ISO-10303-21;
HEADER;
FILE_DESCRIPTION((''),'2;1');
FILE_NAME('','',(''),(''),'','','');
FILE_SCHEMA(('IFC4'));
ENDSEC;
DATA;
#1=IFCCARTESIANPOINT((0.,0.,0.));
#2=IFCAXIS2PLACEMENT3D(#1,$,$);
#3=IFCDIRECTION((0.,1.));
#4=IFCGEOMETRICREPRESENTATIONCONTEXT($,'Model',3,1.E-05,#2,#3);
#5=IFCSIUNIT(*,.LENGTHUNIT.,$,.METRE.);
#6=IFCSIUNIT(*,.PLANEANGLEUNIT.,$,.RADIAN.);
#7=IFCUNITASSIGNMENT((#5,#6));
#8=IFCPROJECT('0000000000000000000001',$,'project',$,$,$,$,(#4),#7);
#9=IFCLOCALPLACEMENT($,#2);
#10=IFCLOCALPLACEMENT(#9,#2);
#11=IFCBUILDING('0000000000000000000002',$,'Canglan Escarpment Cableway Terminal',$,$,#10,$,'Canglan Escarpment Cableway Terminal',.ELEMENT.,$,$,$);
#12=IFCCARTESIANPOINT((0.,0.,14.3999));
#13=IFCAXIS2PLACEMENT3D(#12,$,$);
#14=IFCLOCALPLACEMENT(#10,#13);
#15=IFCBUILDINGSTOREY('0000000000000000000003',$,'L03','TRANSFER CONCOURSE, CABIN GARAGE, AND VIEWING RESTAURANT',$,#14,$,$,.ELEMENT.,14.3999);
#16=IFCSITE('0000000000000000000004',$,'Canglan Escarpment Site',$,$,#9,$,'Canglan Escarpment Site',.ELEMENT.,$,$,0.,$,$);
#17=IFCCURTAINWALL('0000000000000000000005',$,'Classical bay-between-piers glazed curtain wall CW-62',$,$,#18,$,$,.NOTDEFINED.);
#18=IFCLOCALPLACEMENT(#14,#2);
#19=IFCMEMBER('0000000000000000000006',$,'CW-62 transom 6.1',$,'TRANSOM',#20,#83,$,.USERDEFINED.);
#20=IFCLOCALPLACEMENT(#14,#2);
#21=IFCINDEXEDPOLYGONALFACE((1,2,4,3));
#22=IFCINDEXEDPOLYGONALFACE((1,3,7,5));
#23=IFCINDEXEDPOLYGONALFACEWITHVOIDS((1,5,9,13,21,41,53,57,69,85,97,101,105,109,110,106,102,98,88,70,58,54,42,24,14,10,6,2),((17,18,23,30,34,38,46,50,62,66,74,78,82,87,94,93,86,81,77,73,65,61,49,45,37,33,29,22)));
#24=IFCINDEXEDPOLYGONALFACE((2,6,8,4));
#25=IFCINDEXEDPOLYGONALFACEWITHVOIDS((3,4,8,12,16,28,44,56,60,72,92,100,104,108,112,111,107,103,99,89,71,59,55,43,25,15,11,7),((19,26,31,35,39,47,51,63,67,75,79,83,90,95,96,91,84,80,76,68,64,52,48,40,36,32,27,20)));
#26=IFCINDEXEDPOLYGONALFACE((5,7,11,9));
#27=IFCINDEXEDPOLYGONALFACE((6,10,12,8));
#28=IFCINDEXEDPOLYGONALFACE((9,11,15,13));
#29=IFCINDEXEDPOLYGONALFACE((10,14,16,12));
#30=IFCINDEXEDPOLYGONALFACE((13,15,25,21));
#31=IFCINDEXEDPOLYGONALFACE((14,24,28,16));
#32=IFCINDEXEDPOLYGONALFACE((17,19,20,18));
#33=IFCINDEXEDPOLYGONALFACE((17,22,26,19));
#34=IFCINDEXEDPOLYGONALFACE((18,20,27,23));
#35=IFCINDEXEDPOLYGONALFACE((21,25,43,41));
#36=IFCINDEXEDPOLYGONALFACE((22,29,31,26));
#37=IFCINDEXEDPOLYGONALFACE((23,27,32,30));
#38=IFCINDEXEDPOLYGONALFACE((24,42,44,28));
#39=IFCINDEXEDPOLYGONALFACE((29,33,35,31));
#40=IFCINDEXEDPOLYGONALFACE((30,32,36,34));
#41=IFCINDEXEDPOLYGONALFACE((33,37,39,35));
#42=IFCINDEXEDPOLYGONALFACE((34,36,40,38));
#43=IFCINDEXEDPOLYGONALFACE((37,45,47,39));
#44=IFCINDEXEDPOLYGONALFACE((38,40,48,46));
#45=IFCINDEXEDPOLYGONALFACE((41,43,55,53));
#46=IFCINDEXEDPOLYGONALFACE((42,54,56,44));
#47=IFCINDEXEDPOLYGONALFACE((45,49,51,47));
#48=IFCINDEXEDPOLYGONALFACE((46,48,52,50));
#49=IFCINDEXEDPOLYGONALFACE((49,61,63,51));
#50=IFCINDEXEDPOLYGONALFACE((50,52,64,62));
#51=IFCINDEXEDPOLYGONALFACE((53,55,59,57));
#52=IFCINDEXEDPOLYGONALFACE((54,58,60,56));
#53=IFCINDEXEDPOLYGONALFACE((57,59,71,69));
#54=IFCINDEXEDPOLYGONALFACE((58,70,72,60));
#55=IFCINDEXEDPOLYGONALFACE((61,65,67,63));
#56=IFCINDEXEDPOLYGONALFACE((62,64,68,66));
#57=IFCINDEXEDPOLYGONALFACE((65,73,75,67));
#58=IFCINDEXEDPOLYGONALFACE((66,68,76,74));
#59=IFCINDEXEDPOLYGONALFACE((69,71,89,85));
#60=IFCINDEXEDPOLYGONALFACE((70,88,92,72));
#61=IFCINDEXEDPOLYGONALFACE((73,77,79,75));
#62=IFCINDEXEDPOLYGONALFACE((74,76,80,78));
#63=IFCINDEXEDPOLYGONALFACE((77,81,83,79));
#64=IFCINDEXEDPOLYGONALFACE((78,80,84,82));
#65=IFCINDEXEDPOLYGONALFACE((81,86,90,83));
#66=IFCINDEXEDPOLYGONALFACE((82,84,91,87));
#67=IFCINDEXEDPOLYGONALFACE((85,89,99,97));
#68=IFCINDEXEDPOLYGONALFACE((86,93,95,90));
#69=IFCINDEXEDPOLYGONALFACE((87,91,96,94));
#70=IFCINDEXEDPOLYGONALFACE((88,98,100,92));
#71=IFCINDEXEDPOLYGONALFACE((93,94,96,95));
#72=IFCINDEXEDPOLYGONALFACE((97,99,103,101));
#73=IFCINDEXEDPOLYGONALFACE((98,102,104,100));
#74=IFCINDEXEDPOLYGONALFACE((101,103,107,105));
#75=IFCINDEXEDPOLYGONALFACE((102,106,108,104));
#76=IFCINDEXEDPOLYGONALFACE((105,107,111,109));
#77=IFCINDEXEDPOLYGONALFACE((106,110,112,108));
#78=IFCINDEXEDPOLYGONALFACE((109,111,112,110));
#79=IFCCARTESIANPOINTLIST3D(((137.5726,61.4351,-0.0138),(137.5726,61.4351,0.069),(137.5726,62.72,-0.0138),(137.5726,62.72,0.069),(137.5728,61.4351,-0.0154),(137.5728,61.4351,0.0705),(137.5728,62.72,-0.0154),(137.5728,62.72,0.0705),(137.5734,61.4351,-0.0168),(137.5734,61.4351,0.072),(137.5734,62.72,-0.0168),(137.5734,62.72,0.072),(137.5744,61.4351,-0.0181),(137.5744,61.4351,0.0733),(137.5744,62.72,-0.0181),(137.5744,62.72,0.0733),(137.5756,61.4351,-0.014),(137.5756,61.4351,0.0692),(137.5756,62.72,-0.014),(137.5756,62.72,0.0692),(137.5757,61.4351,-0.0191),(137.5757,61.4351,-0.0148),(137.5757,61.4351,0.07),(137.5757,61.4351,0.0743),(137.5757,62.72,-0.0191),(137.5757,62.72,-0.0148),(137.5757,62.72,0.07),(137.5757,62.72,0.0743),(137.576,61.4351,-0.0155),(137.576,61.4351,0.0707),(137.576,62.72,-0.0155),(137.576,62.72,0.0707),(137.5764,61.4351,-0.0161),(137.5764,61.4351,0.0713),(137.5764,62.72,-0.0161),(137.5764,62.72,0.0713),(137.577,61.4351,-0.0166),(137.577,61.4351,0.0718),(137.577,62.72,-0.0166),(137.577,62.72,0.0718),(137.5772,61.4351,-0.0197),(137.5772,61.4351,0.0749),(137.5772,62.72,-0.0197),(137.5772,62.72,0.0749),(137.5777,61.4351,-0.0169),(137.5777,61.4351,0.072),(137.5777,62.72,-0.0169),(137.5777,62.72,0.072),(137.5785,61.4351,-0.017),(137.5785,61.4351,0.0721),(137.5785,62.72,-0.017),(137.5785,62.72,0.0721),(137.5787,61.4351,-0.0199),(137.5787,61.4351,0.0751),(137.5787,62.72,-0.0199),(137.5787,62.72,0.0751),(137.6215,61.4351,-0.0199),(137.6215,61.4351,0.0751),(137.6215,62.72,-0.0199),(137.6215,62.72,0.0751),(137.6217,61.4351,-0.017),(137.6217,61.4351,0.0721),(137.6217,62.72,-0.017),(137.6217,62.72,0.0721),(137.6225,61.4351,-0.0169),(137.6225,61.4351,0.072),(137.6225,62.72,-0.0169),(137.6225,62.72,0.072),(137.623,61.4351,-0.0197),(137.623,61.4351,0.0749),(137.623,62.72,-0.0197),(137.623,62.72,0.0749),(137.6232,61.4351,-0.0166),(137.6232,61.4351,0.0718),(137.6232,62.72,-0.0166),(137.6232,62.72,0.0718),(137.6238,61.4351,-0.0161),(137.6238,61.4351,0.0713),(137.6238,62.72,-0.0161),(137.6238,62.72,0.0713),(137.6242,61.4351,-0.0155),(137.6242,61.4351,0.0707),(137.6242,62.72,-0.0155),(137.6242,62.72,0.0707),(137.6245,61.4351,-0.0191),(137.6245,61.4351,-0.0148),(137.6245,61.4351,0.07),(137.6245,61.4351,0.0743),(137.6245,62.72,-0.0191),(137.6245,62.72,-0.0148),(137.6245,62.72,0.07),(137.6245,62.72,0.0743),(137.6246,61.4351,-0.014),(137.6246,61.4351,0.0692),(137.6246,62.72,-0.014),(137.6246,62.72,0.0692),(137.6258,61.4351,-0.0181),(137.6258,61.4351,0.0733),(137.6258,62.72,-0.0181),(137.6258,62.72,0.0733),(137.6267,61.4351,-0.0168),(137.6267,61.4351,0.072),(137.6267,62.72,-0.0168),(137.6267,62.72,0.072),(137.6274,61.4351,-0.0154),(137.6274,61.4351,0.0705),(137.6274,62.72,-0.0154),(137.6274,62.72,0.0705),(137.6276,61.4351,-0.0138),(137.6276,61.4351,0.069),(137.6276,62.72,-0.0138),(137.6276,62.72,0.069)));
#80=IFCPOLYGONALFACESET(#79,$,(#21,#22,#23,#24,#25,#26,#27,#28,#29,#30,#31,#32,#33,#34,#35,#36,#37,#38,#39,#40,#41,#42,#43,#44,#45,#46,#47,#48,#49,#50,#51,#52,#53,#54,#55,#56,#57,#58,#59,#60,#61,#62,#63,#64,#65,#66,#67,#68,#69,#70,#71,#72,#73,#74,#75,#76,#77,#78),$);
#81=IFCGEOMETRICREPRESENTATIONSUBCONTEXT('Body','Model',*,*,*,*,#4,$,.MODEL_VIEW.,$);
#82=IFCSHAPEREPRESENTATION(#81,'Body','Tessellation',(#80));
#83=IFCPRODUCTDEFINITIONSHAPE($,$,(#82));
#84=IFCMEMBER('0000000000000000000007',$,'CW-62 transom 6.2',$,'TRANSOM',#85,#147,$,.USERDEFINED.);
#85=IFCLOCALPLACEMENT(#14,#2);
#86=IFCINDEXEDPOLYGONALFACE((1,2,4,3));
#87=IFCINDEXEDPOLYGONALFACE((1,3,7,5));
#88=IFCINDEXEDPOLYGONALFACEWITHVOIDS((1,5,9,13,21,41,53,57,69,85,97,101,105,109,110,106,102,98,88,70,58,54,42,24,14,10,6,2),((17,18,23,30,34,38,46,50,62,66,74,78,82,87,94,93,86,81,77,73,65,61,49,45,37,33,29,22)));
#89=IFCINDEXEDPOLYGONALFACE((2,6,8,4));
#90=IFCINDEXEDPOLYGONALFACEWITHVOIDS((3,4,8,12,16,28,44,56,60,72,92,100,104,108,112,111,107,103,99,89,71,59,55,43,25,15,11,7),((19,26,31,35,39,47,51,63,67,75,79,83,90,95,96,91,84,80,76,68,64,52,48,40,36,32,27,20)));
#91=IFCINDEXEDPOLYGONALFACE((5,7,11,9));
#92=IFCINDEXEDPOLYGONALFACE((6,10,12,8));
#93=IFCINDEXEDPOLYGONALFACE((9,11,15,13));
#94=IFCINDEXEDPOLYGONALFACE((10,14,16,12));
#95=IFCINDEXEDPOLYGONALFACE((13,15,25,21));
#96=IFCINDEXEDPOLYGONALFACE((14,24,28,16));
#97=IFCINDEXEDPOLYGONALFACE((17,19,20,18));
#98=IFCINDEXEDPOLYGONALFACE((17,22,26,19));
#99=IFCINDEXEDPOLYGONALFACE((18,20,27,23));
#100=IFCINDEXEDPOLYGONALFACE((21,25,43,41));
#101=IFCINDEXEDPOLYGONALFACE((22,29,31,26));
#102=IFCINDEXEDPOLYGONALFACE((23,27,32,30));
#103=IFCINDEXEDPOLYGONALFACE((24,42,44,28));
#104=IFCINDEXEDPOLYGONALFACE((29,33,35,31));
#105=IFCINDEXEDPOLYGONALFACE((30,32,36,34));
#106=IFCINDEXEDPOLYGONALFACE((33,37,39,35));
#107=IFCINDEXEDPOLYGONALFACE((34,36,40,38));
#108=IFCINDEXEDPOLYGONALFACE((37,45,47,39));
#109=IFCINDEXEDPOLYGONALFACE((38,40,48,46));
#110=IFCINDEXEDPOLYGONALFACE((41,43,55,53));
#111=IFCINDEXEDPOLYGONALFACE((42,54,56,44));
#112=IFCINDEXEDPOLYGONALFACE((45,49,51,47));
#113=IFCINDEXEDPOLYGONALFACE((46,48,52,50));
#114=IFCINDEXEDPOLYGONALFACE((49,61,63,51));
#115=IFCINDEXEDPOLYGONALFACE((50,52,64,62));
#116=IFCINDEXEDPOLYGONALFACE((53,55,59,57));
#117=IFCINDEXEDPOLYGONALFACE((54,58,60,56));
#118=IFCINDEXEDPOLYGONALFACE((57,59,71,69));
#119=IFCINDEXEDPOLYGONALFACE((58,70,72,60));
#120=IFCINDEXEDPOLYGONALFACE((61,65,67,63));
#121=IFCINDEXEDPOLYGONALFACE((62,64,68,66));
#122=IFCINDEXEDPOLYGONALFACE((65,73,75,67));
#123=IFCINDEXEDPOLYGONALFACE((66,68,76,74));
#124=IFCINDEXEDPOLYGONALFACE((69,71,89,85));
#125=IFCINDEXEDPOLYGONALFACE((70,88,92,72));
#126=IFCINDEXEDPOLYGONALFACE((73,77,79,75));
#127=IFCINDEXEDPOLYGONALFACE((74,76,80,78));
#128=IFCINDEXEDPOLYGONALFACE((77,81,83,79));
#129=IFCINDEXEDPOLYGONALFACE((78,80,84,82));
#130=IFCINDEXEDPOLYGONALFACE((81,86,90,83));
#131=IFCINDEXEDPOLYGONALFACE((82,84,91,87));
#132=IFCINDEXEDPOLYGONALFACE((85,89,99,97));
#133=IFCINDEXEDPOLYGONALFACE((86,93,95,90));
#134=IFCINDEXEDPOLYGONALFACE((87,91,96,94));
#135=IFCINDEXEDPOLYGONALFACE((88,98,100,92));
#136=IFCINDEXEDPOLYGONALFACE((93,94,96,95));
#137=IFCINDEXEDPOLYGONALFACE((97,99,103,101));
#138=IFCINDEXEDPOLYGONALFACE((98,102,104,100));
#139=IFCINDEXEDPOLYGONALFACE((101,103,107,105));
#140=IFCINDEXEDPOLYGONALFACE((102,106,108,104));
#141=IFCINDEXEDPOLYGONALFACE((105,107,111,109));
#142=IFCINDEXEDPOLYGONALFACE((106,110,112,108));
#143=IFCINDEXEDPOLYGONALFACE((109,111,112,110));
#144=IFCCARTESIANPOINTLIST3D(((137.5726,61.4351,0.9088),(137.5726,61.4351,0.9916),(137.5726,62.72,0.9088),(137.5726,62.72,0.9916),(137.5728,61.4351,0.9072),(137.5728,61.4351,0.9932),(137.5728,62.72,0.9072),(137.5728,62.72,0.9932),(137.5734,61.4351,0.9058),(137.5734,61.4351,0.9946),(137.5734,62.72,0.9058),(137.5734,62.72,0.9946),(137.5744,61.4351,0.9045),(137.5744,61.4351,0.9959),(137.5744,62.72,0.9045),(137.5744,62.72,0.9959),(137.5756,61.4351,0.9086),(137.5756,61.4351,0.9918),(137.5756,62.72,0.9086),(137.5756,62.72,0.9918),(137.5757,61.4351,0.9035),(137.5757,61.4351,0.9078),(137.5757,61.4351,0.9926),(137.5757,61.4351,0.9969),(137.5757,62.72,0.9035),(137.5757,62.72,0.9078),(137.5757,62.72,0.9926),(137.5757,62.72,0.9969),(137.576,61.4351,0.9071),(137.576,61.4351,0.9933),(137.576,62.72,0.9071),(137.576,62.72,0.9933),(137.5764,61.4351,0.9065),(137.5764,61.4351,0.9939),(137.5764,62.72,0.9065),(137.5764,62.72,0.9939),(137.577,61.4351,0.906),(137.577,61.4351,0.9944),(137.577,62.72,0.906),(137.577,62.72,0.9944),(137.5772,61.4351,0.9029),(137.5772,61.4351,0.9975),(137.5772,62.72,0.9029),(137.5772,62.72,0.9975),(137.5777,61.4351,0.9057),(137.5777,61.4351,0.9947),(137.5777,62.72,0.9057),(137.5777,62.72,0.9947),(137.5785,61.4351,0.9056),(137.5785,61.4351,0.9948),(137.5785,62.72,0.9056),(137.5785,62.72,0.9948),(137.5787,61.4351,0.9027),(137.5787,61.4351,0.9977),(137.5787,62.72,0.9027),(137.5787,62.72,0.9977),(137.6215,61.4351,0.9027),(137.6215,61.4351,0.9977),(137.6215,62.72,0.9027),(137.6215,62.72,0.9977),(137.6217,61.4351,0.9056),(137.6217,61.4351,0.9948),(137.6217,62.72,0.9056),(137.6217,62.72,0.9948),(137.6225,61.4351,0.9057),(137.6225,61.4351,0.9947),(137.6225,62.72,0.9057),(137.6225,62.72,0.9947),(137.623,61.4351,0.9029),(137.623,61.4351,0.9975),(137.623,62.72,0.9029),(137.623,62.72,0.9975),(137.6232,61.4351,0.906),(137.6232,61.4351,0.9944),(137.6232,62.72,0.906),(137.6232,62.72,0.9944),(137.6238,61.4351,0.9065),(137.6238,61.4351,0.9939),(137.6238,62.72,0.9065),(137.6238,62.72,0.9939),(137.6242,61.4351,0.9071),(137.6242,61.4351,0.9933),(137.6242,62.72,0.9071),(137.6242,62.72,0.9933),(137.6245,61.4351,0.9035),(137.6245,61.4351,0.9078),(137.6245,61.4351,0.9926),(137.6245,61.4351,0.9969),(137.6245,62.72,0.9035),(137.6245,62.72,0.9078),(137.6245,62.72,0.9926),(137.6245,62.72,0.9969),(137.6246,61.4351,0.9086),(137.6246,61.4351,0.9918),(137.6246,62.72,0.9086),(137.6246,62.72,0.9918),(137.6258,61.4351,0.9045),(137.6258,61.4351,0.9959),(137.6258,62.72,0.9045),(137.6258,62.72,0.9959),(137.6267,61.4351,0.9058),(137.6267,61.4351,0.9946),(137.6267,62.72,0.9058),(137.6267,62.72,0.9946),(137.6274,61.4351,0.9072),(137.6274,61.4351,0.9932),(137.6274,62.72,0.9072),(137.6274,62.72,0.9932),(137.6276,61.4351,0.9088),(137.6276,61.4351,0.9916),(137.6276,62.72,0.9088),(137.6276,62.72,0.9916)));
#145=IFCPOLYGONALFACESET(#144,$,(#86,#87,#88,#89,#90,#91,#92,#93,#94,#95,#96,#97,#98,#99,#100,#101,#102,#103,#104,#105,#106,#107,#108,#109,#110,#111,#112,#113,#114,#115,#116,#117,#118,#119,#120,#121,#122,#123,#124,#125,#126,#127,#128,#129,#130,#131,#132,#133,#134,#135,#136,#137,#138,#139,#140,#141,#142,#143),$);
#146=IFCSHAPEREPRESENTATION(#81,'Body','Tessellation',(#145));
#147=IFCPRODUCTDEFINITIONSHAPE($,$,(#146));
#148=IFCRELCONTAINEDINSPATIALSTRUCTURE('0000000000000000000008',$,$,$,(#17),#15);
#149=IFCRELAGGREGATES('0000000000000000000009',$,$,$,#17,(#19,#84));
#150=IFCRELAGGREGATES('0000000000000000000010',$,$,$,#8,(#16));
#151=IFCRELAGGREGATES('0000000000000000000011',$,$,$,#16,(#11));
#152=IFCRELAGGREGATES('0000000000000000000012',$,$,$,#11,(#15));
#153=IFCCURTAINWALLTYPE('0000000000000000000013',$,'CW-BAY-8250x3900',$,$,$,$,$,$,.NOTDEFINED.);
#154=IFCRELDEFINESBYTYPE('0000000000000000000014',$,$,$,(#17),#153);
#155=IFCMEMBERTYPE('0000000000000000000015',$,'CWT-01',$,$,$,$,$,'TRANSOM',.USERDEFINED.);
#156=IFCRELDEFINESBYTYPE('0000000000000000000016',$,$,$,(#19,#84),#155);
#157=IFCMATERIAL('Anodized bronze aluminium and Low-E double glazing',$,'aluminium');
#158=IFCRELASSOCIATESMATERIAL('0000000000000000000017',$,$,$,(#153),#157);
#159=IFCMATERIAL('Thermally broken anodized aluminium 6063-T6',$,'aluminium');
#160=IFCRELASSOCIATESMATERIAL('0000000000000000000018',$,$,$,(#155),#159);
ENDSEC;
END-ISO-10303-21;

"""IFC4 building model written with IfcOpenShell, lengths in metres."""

from ifc_helpers import new_model, si_unit, direction, frame, origin, origin_2d, place, context, subcontext, project, spatial, hollow_rectangle, extrude, material, material_profile, profile_set, type_object, element, aggregate, save


model = new_model("IFC4")

# Units and contexts
model_context = context("Model", 3, precision=1e-05, world=origin(), true_north=direction((0.0, 1.0)))
body_context = subcontext(model_context, "Body", "Model", "MODEL_VIEW")
ifc_project = project(units=[si_unit("LENGTHUNIT", "METRE"), si_unit("PLANEANGLEUNIT", "RADIAN")], contexts=[model_context])

# Site, building, storey
site_placement = place(None, origin())
site = spatial("IfcSite", under=ifc_project, at=site_placement, Name="Canglan Escarpment Site", LongName="Canglan Escarpment Site", CompositionType="ELEMENT", RefElevation=0.0)
building_placement = place(site_placement, origin())
building = spatial("IfcBuilding", under=site, at=building_placement, Name="Canglan Escarpment Cableway Terminal", LongName="Canglan Escarpment Cableway Terminal", CompositionType="ELEMENT")
storey_placement = place(building_placement, frame((0.0, 0.0, 14.3999)))
storey = spatial("IfcBuildingStorey", under=building, at=storey_placement, Name="L03", Description="TRANSFER CONCOURSE, CABIN GARAGE, AND VIEWING RESTAURANT", CompositionType="ELEMENT", Elevation=14.3999)

# Curtain wall
ifc_material_1 = material(Name="Anodized bronze aluminium and Low-E double glazing", Category="aluminium")
curtain_wall_type = type_object("IfcCurtainWallType", Name="CW-BAY-8250x3900", PredefinedType="NOTDEFINED", material=ifc_material_1)
curtain_wall_1_placement = place(storey_placement, origin())
curtain_wall_1 = element("IfcCurtainWall", 1, at=curtain_wall_1_placement, inside=storey, type_object=curtain_wall_type, Name="Classical bay-between-piers glazed curtain wall CW-62", PredefinedType="NOTDEFINED")
ifc_material_2 = material(Name="Thermally broken anodized aluminium 6063-T6", Category="aluminium")

# Members
ifc_material_profile_1 = material_profile(ifc_material_2, hollow_rectangle(XDim=0.0549, YDim=0.095, WallThickness=0.0029, InnerFilletRadius=0.0029, OuterFilletRadius=0.0061, at=origin_2d()), Name="ALU-TRAN 55x95x3")
ifc_profile_set_1 = profile_set([ifc_material_profile_1], Name="Thermally broken anodized aluminium 6063-T6")
member_type_1 = type_object("IfcMemberType", Name="CWT-01", ElementType="TRANSOM", PredefinedType="USERDEFINED", material=ifc_profile_set_1)
member_1_placement = place(storey_placement, frame((137.6001, 62.72, 0.0276), z_axis=(0.0, -1.0, 0.0), x_axis=(1.0, 0.0, 0.0)))
member_1 = element("IfcMember", 2, at=member_1_placement, type_object=member_type_1, Name="CW-62 transom 6.1", ObjectType="TRANSOM", PredefinedType="USERDEFINED", context=body_context, shape_type="SweptSolid", body=[
    extrude(hollow_rectangle(XDim=0.0549, YDim=0.095, WallThickness=0.0029, InnerFilletRadius=0.0029, OuterFilletRadius=0.0061, at=origin_2d()), origin(), (0.0, 0.0, 1.0), 1.2849),
])
member_2_placement = place(storey_placement, frame((137.6001, 62.72, 0.9502), z_axis=(0.0, -1.0, 0.0), x_axis=(1.0, 0.0, 0.0)))
member_2 = element("IfcMember", 3, at=member_2_placement, type_object=member_type_1, Name="CW-62 transom 6.2", ObjectType="TRANSOM", PredefinedType="USERDEFINED", context=body_context, shape_type="SweptSolid", body=[
    extrude(hollow_rectangle(XDim=0.0549, YDim=0.095, WallThickness=0.0029, InnerFilletRadius=0.0029, OuterFilletRadius=0.0061, at=origin_2d()), origin(), (0.0, 0.0, 1.0), 1.2849),
])

aggregate(curtain_wall_1, [member_1, member_2])

save(model, "model.ifc")
